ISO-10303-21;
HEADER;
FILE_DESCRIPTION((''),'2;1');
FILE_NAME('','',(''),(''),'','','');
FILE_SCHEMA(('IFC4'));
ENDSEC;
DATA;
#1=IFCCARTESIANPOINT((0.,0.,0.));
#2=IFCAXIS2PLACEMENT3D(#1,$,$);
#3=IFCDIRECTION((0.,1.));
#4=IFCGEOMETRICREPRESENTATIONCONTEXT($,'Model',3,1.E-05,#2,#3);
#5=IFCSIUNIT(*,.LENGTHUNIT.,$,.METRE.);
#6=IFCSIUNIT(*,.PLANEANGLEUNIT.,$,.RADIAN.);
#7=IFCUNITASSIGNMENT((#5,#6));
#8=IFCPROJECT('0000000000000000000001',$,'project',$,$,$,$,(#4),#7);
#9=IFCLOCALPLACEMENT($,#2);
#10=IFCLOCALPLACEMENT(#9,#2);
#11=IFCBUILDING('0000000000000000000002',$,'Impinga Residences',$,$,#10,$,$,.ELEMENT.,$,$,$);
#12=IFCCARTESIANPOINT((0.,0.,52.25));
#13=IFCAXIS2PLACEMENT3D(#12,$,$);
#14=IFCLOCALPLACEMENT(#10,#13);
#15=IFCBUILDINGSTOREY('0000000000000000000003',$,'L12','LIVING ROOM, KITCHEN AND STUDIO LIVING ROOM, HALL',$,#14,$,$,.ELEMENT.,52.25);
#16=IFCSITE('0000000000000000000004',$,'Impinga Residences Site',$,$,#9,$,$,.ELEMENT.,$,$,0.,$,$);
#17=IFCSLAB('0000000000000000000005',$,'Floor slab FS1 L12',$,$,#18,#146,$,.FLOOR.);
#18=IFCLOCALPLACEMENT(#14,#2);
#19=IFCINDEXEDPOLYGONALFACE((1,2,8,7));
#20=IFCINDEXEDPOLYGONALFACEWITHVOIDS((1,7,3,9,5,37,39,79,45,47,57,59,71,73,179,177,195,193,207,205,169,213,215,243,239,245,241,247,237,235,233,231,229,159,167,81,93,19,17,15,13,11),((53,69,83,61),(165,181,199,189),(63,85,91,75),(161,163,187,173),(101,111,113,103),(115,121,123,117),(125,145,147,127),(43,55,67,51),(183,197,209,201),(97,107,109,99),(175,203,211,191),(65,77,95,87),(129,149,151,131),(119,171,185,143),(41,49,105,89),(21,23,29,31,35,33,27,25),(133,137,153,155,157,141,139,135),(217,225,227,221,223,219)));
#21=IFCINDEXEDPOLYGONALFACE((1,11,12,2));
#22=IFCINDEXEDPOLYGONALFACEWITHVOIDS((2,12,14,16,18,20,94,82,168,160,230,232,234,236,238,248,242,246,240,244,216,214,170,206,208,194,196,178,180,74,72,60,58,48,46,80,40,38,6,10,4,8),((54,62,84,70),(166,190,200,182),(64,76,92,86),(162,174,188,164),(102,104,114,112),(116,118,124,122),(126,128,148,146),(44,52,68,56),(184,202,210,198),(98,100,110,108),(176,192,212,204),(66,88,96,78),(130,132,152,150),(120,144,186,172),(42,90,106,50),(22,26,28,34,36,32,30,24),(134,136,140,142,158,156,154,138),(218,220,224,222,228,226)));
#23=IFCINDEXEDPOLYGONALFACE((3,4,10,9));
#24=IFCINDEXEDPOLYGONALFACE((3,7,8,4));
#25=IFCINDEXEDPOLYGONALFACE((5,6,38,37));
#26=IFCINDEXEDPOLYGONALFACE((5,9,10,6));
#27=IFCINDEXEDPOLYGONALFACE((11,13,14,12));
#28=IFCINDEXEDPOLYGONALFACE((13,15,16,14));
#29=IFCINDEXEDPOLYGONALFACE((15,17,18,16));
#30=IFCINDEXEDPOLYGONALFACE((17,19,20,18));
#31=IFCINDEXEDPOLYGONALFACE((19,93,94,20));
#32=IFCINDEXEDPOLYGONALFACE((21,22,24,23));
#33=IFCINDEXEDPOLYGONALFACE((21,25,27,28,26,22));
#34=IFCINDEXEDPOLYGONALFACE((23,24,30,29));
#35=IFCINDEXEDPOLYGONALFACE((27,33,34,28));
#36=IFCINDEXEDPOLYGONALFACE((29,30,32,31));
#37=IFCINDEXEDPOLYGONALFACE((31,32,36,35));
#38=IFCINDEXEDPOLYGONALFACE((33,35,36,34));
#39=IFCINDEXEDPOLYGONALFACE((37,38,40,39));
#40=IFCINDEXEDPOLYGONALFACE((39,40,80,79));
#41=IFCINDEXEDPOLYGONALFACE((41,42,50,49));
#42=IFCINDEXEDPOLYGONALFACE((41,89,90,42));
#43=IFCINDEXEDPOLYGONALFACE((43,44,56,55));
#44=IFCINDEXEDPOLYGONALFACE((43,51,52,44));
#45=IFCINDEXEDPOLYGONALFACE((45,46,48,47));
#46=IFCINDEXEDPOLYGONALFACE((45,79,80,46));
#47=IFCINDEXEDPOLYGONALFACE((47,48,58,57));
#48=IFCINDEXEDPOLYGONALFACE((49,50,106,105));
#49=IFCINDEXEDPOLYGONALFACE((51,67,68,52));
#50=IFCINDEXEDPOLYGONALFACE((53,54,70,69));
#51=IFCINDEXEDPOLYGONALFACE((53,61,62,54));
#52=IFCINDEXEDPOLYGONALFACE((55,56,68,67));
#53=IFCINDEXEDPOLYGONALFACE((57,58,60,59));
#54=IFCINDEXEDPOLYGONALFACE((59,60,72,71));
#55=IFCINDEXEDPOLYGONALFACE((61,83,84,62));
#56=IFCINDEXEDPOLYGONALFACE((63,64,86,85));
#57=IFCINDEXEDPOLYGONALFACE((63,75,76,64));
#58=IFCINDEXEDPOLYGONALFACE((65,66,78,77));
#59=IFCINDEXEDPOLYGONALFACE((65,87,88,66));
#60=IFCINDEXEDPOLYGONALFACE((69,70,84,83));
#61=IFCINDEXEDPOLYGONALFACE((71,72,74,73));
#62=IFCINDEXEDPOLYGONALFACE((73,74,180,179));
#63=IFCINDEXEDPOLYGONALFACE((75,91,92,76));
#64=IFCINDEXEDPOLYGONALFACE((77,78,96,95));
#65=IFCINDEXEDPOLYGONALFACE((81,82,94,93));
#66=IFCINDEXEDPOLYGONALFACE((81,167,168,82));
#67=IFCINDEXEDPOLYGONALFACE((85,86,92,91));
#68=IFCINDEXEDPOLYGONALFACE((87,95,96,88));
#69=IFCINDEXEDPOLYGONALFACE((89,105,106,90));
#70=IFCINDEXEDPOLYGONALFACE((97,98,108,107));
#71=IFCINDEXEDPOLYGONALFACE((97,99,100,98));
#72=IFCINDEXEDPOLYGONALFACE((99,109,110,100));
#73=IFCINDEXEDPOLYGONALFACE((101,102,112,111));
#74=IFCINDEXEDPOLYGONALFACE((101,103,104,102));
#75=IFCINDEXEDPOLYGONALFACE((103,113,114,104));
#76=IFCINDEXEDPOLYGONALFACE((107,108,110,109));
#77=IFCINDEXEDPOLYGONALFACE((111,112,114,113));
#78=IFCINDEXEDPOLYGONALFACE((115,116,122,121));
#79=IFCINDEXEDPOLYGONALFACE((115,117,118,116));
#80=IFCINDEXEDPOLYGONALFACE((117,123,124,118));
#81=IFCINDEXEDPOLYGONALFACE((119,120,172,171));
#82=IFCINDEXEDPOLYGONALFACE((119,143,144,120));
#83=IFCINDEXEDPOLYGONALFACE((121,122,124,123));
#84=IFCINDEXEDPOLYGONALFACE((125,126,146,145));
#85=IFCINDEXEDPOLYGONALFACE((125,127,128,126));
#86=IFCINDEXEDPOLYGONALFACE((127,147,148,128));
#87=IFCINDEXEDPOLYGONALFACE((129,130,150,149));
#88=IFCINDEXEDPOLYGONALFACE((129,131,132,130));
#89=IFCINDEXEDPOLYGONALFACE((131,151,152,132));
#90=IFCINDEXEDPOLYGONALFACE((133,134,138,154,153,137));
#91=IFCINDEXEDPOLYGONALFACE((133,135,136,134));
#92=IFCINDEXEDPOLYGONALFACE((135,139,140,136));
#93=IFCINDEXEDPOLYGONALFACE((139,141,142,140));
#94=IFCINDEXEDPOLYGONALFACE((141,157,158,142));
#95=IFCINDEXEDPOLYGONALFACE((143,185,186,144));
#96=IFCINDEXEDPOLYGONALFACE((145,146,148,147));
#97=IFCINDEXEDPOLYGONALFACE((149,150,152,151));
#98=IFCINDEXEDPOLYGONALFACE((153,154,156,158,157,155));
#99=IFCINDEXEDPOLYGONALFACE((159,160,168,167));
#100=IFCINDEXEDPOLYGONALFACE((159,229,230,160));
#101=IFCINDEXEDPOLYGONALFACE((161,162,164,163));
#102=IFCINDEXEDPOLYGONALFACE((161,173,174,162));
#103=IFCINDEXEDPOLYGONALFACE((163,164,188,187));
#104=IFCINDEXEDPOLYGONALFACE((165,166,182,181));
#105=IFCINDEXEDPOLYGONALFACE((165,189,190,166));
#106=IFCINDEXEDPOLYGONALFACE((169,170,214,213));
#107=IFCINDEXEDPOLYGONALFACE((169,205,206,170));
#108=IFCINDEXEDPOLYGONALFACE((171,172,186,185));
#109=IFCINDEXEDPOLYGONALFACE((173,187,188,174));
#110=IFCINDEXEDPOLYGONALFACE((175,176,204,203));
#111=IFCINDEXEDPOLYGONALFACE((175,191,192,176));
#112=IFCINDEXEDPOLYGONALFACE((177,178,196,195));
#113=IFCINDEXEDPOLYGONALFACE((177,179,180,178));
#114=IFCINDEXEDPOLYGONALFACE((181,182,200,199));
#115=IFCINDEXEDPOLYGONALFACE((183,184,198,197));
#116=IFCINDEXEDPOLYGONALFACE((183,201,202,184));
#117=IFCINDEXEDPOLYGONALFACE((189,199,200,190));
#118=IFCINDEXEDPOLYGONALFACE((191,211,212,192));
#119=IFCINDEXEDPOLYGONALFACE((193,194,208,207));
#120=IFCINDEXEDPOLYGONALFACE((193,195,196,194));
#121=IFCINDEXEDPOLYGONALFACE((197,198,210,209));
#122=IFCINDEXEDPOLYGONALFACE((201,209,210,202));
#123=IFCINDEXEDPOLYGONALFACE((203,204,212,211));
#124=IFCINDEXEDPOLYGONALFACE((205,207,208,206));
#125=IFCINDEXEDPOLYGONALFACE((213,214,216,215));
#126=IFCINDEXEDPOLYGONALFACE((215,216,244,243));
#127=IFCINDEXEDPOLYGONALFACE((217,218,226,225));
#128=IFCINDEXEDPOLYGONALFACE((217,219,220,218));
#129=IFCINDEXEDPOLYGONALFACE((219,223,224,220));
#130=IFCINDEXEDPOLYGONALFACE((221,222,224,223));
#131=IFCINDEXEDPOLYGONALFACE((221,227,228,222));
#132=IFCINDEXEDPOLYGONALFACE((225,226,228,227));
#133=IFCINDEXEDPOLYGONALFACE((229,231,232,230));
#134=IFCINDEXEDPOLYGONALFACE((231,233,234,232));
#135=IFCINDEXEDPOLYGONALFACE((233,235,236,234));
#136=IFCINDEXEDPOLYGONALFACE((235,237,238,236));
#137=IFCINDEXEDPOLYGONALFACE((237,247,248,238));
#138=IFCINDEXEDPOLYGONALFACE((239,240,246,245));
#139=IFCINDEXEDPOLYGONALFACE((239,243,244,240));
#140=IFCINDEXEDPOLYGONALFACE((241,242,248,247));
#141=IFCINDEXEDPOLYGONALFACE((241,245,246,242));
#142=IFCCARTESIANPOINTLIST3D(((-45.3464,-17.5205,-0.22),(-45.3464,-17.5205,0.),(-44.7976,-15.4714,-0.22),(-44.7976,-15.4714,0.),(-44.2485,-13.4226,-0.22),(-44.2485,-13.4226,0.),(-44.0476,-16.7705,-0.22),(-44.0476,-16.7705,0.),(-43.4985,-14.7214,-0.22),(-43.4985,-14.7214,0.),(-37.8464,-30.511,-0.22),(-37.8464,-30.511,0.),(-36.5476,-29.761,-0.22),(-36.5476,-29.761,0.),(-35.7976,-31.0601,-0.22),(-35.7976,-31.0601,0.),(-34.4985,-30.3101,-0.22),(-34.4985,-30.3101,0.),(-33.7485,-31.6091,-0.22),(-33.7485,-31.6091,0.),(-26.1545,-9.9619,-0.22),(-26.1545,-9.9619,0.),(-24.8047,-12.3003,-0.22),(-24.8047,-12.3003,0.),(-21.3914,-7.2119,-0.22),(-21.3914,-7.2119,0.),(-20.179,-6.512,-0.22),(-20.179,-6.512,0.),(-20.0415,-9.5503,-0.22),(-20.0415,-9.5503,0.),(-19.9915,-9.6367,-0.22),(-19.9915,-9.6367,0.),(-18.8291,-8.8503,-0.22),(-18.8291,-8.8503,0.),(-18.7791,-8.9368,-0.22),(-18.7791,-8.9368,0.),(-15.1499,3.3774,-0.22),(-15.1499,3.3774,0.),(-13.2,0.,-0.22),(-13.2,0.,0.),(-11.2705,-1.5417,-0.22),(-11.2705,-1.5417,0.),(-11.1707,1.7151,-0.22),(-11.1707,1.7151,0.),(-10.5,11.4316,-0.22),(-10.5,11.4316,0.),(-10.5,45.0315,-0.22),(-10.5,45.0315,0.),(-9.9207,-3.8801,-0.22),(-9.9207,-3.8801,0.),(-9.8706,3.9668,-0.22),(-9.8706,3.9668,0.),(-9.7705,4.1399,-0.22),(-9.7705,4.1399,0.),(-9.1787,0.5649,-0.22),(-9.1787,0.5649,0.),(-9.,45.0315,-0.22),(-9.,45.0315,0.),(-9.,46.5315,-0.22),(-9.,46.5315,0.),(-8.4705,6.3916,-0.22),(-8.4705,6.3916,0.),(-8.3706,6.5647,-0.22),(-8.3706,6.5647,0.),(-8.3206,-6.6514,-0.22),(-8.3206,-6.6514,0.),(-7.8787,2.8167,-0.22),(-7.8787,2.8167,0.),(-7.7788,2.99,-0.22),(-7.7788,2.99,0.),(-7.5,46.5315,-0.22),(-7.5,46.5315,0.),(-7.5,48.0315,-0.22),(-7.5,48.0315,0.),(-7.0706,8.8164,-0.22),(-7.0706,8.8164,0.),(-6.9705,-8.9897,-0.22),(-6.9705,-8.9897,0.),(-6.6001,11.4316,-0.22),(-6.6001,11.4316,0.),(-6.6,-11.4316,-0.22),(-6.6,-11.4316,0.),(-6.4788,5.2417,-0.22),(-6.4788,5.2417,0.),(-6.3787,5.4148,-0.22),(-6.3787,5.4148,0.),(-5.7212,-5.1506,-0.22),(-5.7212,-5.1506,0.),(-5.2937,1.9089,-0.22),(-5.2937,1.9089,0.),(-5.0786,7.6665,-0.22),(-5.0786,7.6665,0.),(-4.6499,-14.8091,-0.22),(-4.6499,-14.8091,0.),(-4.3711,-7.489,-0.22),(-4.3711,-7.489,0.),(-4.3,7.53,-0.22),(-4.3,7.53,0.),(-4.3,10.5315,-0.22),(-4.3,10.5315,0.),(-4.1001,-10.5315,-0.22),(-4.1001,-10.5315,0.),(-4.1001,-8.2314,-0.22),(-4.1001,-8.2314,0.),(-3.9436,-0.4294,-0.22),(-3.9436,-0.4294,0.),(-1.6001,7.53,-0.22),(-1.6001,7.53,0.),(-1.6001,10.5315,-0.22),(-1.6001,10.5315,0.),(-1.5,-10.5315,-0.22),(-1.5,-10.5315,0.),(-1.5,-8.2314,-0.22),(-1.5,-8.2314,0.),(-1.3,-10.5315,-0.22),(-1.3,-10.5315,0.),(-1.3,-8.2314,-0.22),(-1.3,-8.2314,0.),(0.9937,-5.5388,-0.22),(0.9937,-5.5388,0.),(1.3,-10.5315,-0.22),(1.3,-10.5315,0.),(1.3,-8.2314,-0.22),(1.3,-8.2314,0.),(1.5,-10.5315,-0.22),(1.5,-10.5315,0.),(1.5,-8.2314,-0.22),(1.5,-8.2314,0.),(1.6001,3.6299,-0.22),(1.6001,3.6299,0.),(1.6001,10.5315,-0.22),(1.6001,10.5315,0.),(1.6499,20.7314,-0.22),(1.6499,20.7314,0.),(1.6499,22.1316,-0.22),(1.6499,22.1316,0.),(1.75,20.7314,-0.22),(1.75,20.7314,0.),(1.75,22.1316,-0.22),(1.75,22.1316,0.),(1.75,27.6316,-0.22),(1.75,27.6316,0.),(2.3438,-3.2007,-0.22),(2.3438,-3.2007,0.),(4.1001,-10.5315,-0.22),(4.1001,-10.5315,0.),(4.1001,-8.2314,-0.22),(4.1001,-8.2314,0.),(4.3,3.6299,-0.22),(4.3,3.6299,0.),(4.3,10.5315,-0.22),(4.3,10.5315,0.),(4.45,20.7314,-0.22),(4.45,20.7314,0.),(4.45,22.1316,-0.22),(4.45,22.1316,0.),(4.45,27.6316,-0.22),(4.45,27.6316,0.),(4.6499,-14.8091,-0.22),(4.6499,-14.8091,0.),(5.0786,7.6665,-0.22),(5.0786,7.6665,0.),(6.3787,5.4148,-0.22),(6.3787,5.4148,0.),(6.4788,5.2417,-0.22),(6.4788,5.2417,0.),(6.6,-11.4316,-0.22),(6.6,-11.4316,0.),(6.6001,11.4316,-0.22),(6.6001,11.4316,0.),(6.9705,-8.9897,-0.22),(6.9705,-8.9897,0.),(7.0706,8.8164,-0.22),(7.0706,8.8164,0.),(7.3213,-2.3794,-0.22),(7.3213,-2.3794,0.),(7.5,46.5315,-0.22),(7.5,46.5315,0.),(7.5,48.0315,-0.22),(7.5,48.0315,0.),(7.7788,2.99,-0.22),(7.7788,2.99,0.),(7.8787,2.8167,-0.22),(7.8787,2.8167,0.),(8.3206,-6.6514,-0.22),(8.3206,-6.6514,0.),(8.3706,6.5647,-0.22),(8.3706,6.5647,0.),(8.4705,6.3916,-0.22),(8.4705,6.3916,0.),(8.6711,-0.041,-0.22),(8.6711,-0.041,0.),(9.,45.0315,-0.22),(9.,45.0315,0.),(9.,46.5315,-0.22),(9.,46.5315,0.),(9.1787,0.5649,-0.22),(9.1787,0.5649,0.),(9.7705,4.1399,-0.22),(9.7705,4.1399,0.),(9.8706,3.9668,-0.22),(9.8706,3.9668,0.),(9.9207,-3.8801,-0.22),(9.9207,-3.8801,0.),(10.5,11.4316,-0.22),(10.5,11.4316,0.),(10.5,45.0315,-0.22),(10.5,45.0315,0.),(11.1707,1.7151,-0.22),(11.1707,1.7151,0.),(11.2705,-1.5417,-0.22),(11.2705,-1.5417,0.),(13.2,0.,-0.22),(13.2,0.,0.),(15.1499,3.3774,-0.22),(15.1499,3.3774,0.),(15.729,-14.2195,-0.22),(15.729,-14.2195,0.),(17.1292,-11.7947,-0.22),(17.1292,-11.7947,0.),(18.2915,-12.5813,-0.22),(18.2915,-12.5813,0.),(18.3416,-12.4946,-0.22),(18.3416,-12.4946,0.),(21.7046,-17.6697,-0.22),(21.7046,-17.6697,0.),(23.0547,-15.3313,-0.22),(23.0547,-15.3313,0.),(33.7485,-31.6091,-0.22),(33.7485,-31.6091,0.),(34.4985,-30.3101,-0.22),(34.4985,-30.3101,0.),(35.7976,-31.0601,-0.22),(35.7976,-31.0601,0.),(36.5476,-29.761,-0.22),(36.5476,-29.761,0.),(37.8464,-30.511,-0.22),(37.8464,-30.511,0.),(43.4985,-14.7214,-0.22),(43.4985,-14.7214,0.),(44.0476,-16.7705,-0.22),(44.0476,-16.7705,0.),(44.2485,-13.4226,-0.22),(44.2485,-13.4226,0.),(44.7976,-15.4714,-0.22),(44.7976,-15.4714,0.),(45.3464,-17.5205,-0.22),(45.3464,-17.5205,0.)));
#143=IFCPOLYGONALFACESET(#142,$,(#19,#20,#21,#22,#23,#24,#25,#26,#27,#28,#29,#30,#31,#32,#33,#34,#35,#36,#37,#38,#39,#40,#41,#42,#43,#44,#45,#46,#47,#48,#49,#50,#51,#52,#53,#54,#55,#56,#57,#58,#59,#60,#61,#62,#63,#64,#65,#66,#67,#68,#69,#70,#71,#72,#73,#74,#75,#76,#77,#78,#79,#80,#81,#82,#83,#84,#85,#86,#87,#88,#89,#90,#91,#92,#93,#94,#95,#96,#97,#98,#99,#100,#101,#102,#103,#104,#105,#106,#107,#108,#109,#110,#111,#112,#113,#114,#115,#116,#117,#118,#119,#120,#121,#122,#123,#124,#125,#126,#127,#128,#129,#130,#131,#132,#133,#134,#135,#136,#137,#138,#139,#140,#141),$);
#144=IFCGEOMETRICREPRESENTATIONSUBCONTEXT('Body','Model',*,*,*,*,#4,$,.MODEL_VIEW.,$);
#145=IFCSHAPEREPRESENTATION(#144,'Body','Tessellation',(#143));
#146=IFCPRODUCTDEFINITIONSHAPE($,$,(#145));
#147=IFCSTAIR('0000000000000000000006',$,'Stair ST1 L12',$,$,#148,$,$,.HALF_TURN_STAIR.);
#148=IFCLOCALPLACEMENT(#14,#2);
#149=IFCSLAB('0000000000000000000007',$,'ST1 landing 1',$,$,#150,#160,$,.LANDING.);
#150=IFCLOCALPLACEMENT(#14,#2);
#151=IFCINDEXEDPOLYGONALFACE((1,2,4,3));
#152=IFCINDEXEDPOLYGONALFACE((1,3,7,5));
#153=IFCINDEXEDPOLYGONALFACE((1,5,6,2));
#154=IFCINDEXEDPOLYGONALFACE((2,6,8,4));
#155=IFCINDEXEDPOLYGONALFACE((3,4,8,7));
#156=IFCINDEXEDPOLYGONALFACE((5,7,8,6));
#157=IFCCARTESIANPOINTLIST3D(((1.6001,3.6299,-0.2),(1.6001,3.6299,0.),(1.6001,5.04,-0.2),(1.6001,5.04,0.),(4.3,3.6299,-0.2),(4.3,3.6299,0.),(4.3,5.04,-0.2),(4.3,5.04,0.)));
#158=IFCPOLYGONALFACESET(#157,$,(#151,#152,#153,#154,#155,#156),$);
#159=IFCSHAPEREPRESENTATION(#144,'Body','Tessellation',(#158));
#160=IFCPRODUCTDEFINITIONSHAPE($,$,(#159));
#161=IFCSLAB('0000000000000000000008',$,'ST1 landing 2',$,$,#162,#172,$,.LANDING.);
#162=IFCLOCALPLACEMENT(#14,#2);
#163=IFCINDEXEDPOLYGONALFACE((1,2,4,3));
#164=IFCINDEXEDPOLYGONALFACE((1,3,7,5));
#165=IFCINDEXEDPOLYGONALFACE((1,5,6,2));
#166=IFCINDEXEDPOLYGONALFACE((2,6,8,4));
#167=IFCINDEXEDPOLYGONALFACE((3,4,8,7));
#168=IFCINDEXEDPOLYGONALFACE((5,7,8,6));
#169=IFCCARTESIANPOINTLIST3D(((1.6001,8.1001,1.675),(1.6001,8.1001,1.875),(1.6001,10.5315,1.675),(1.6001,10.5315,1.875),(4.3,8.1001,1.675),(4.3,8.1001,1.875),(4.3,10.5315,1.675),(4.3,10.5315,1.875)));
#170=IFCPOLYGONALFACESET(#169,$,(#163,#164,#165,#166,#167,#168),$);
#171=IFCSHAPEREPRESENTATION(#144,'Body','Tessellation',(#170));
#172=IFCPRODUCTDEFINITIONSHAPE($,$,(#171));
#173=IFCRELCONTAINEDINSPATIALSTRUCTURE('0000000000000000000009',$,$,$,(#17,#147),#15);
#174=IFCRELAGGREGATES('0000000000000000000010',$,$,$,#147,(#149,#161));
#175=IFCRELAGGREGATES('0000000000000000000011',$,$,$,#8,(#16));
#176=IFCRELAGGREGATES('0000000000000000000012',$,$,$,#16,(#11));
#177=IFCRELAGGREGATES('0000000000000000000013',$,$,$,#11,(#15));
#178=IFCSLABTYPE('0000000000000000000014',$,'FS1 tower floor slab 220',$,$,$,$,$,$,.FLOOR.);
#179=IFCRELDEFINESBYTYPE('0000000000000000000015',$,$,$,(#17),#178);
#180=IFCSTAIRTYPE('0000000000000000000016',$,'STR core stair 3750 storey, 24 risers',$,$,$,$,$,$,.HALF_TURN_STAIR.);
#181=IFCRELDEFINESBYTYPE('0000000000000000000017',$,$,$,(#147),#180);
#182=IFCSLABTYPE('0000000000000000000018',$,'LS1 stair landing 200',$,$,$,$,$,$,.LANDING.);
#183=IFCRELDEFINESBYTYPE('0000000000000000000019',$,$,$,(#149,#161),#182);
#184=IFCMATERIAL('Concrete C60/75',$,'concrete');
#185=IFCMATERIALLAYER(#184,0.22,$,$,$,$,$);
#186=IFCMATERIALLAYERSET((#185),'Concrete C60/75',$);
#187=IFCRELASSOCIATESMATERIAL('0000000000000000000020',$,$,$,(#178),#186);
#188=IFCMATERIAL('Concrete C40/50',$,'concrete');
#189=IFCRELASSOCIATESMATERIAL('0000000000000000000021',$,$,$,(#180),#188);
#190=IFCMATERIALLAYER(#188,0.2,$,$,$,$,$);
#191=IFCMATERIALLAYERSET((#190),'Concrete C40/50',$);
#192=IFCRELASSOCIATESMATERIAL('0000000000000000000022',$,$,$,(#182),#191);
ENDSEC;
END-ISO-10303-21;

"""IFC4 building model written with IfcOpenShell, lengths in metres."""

from ifc_helpers import new_model, si_unit, direction, frame, origin, place, context, subcontext, project, spatial, polyline, outline, extrude, material, layer, layer_set, type_object, element, aggregate, save


model = new_model("IFC4")

# Units and contexts
model_context = context("Model", 3, precision=1e-05, world=origin(), true_north=direction((0.0, 1.0)))
body_context = subcontext(model_context, "Body", "Model", "MODEL_VIEW")
ifc_project = project(units=[si_unit("LENGTHUNIT", "METRE"), si_unit("PLANEANGLEUNIT", "RADIAN")], contexts=[model_context])

# Site, building, storey
site_placement = place(None, origin())
site = spatial("IfcSite", under=ifc_project, at=site_placement, Name="Impinga Residences Site", CompositionType="ELEMENT", RefElevation=0.0)
building_placement = place(site_placement, origin())
building = spatial("IfcBuilding", under=site, at=building_placement, Name="Impinga Residences", CompositionType="ELEMENT")
storey_placement = place(building_placement, frame((0.0, 0.0, 52.25)))
storey = spatial("IfcBuildingStorey", under=building, at=storey_placement, Name="L12", Description="LIVING ROOM, KITCHEN AND STUDIO LIVING ROOM, HALL", CompositionType="ELEMENT", Elevation=52.25)

# Slab
ifc_material_1 = material(Name="Concrete C60/75", Category="concrete")
ifc_layer_1 = layer(ifc_material_1, 0.22)
ifc_layer_set_1 = layer_set([ifc_layer_1], Name="Concrete C60/75")
slab_type_1 = type_object("IfcSlabType", Name="FS1 tower floor slab 220", PredefinedType="FLOOR", material=ifc_layer_set_1)
slab_1_placement = place(storey_placement, frame((0.0, 0.0, -0.22)))
element("IfcSlab", 1, at=slab_1_placement, inside=storey, type_object=slab_type_1, Name="Floor slab FS1 L12", PredefinedType="FLOOR", context=body_context, shape_type="SweptSolid", body=[
    extrude(outline(polyline([(-34.4985, -30.3101), (-35.7976, -31.0601), (-36.5476, -29.761), (-37.8464, -30.511), (-45.3464, -17.5205), (-44.0476, -16.7705), (-44.7976, -15.4714), (-43.4985, -14.7214), (-44.2485, -13.4226), (-15.1499, 3.3774), (-13.2, 0.0), (-6.6001, 11.4316), (-10.5, 11.4316), (-10.5, 45.0315), (-9.0, 45.0315), (-9.0, 46.5315), (-7.5, 46.5315), (-7.5, 48.0315), (7.5, 48.0315), (7.5, 46.5315), (9.0, 46.5315), (9.0, 45.0315), (10.5, 45.0315), (10.5, 11.4316), (6.6001, 11.4316), (13.2, 0.0), (15.1499, 3.3774), (44.2485, -13.4226), (43.4985, -14.7214), (44.7976, -15.4714), (44.0476, -16.7705), (45.3464, -17.5205), (37.8464, -30.511), (36.5476, -29.761), (35.7976, -31.0601), (34.4985, -30.3101), (33.7485, -31.6091), (4.6499, -14.8091), (9.9001, -5.7158), (6.6001, -11.4316), (-6.6001, -11.4316), (-9.9001, -5.7158), (-4.6499, -14.8091), (-33.7485, -31.6091), (-34.4985, -30.3101)]), holes=[polyline([(-21.3914, -7.2119), (-26.1545, -9.9619), (-24.8047, -12.3003), (-20.0415, -9.5503), (-19.9915, -9.6367), (-18.7791, -8.9368), (-18.8291, -8.8503), (-18.8291, -8.8503), (-20.179, -6.512), (-21.3914, -7.2119), (-21.3914, -7.2119)]), polyline([(-1.5, -8.2314), (-4.1001, -8.2314), (-4.1001, -10.5315), (-1.5, -10.5315), (-1.5, -8.2314)]), polyline([(1.3, -8.2314), (-1.3, -8.2314), (-1.3, -10.5315), (1.3, -10.5315), (1.3, -8.2314)]), polyline([(1.5, -8.2314), (1.5, -10.5315), (4.1001, -10.5315), (4.1001, -8.2314), (1.5, -8.2314)]), polyline([(-5.7212, -5.1506), (-8.3206, -6.6514), (-6.9705, -8.9897), (-4.3711, -7.489), (-5.7212, -5.1506)]), polyline([(-3.9436, -0.4294), (-5.2937, 1.9089), (-11.2705, -1.5417), (-9.9207, -3.8801), (-3.9436, -0.4294)]), polyline([(-9.1787, 0.5649), (-7.8787, 2.8167), (-9.8706, 3.9668), (-11.1707, 1.7151), (-9.1787, 0.5649)]), polyline([(-6.4788, 5.2417), (-8.4705, 6.3916), (-9.7705, 4.1399), (-7.7788, 2.99), (-6.4788, 5.2417)]), polyline([(-6.3787, 5.4148), (-5.0786, 7.6665), (-7.0706, 8.8164), (-8.3706, 6.5647), (-6.3787, 5.4148)]), polyline([(-4.3, 7.53), (-1.6001, 7.53), (-1.6001, 10.5315), (-4.3, 10.5315), (-4.3, 7.53)]), polyline([(15.729, -14.2195), (21.7046, -17.6697), (23.0547, -15.3313), (18.2915, -12.5813), (18.3416, -12.4946), (17.1292, -11.7947), (15.729, -14.2195)]), polyline([(0.9937, -5.5388), (6.9705, -8.9897), (8.3206, -6.6514), (2.3438, -3.2007), (0.9937, -5.5388)]), polyline([(8.6711, -0.041), (7.3213, -2.3794), (9.9207, -3.8801), (11.2705, -1.5417), (8.6711, -0.041)]), polyline([(7.8787, 2.8167), (9.1787, 0.5649), (11.1707, 1.7151), (9.8706, 3.9668), (7.8787, 2.8167)]), polyline([(7.7788, 2.99), (9.7705, 4.1399), (8.4705, 6.3916), (6.4788, 5.2417), (7.7788, 2.99)]), polyline([(1.6001, 3.6299), (4.3, 3.6299), (4.3, 10.5315), (1.6001, 10.5315), (1.6001, 3.6299)]), polyline([(5.0786, 7.6665), (6.3787, 5.4148), (8.3706, 6.5647), (7.0706, 8.8164), (5.0786, 7.6665)]), polyline([(1.75, 22.1316), (1.6499, 22.1316), (1.6499, 20.7314), (1.75, 20.7314), (4.45, 20.7314), (4.45, 22.1316), (4.45, 27.6316), (1.75, 27.6316), (1.75, 22.1316)])]), origin(), (0.0, 0.0, 1.0), 0.22),
])

# Stair, slabs
ifc_material_2 = material(Name="Concrete C40/50", Category="concrete")
stair_type = type_object("IfcStairType", Name="STR core stair 3750 storey, 24 risers", PredefinedType="HALF_TURN_STAIR", material=ifc_material_2)
stair_1_placement = place(storey_placement, origin())
stair_1 = element("IfcStair", 2, at=stair_1_placement, inside=storey, type_object=stair_type, Name="Stair ST1 L12", PredefinedType="HALF_TURN_STAIR")
ifc_layer_2 = layer(ifc_material_2, 0.2)
ifc_layer_set_2 = layer_set([ifc_layer_2], Name="Concrete C40/50")
slab_type_2 = type_object("IfcSlabType", Name="LS1 stair landing 200", PredefinedType="LANDING", material=ifc_layer_set_2)
slab_2_placement = place(storey_placement, frame((0.0, 0.0, -0.2)))
slab_2 = element("IfcSlab", 3, at=slab_2_placement, type_object=slab_type_2, Name="ST1 landing 1", PredefinedType="LANDING", context=body_context, shape_type="SweptSolid", body=[
    extrude(outline(polyline([(1.6001, 3.6299), (4.3, 3.6299), (4.3, 5.04), (1.6001, 5.04), (1.6001, 3.6299)])), origin(), (0.0, 0.0, 1.0), 0.2),
])
slab_3_placement = place(storey_placement, frame((0.0, 0.0, 1.675)))
slab_3 = element("IfcSlab", 4, at=slab_3_placement, type_object=slab_type_2, Name="ST1 landing 2", PredefinedType="LANDING", context=body_context, shape_type="SweptSolid", body=[
    extrude(outline(polyline([(1.6001, 8.1001), (4.3, 8.1001), (4.3, 10.5315), (1.6001, 10.5315), (1.6001, 8.1001)])), origin(), (0.0, 0.0, 1.0), 0.2),
])
aggregate(stair_1, [slab_2, slab_3])

save(model, "model.ifc")
